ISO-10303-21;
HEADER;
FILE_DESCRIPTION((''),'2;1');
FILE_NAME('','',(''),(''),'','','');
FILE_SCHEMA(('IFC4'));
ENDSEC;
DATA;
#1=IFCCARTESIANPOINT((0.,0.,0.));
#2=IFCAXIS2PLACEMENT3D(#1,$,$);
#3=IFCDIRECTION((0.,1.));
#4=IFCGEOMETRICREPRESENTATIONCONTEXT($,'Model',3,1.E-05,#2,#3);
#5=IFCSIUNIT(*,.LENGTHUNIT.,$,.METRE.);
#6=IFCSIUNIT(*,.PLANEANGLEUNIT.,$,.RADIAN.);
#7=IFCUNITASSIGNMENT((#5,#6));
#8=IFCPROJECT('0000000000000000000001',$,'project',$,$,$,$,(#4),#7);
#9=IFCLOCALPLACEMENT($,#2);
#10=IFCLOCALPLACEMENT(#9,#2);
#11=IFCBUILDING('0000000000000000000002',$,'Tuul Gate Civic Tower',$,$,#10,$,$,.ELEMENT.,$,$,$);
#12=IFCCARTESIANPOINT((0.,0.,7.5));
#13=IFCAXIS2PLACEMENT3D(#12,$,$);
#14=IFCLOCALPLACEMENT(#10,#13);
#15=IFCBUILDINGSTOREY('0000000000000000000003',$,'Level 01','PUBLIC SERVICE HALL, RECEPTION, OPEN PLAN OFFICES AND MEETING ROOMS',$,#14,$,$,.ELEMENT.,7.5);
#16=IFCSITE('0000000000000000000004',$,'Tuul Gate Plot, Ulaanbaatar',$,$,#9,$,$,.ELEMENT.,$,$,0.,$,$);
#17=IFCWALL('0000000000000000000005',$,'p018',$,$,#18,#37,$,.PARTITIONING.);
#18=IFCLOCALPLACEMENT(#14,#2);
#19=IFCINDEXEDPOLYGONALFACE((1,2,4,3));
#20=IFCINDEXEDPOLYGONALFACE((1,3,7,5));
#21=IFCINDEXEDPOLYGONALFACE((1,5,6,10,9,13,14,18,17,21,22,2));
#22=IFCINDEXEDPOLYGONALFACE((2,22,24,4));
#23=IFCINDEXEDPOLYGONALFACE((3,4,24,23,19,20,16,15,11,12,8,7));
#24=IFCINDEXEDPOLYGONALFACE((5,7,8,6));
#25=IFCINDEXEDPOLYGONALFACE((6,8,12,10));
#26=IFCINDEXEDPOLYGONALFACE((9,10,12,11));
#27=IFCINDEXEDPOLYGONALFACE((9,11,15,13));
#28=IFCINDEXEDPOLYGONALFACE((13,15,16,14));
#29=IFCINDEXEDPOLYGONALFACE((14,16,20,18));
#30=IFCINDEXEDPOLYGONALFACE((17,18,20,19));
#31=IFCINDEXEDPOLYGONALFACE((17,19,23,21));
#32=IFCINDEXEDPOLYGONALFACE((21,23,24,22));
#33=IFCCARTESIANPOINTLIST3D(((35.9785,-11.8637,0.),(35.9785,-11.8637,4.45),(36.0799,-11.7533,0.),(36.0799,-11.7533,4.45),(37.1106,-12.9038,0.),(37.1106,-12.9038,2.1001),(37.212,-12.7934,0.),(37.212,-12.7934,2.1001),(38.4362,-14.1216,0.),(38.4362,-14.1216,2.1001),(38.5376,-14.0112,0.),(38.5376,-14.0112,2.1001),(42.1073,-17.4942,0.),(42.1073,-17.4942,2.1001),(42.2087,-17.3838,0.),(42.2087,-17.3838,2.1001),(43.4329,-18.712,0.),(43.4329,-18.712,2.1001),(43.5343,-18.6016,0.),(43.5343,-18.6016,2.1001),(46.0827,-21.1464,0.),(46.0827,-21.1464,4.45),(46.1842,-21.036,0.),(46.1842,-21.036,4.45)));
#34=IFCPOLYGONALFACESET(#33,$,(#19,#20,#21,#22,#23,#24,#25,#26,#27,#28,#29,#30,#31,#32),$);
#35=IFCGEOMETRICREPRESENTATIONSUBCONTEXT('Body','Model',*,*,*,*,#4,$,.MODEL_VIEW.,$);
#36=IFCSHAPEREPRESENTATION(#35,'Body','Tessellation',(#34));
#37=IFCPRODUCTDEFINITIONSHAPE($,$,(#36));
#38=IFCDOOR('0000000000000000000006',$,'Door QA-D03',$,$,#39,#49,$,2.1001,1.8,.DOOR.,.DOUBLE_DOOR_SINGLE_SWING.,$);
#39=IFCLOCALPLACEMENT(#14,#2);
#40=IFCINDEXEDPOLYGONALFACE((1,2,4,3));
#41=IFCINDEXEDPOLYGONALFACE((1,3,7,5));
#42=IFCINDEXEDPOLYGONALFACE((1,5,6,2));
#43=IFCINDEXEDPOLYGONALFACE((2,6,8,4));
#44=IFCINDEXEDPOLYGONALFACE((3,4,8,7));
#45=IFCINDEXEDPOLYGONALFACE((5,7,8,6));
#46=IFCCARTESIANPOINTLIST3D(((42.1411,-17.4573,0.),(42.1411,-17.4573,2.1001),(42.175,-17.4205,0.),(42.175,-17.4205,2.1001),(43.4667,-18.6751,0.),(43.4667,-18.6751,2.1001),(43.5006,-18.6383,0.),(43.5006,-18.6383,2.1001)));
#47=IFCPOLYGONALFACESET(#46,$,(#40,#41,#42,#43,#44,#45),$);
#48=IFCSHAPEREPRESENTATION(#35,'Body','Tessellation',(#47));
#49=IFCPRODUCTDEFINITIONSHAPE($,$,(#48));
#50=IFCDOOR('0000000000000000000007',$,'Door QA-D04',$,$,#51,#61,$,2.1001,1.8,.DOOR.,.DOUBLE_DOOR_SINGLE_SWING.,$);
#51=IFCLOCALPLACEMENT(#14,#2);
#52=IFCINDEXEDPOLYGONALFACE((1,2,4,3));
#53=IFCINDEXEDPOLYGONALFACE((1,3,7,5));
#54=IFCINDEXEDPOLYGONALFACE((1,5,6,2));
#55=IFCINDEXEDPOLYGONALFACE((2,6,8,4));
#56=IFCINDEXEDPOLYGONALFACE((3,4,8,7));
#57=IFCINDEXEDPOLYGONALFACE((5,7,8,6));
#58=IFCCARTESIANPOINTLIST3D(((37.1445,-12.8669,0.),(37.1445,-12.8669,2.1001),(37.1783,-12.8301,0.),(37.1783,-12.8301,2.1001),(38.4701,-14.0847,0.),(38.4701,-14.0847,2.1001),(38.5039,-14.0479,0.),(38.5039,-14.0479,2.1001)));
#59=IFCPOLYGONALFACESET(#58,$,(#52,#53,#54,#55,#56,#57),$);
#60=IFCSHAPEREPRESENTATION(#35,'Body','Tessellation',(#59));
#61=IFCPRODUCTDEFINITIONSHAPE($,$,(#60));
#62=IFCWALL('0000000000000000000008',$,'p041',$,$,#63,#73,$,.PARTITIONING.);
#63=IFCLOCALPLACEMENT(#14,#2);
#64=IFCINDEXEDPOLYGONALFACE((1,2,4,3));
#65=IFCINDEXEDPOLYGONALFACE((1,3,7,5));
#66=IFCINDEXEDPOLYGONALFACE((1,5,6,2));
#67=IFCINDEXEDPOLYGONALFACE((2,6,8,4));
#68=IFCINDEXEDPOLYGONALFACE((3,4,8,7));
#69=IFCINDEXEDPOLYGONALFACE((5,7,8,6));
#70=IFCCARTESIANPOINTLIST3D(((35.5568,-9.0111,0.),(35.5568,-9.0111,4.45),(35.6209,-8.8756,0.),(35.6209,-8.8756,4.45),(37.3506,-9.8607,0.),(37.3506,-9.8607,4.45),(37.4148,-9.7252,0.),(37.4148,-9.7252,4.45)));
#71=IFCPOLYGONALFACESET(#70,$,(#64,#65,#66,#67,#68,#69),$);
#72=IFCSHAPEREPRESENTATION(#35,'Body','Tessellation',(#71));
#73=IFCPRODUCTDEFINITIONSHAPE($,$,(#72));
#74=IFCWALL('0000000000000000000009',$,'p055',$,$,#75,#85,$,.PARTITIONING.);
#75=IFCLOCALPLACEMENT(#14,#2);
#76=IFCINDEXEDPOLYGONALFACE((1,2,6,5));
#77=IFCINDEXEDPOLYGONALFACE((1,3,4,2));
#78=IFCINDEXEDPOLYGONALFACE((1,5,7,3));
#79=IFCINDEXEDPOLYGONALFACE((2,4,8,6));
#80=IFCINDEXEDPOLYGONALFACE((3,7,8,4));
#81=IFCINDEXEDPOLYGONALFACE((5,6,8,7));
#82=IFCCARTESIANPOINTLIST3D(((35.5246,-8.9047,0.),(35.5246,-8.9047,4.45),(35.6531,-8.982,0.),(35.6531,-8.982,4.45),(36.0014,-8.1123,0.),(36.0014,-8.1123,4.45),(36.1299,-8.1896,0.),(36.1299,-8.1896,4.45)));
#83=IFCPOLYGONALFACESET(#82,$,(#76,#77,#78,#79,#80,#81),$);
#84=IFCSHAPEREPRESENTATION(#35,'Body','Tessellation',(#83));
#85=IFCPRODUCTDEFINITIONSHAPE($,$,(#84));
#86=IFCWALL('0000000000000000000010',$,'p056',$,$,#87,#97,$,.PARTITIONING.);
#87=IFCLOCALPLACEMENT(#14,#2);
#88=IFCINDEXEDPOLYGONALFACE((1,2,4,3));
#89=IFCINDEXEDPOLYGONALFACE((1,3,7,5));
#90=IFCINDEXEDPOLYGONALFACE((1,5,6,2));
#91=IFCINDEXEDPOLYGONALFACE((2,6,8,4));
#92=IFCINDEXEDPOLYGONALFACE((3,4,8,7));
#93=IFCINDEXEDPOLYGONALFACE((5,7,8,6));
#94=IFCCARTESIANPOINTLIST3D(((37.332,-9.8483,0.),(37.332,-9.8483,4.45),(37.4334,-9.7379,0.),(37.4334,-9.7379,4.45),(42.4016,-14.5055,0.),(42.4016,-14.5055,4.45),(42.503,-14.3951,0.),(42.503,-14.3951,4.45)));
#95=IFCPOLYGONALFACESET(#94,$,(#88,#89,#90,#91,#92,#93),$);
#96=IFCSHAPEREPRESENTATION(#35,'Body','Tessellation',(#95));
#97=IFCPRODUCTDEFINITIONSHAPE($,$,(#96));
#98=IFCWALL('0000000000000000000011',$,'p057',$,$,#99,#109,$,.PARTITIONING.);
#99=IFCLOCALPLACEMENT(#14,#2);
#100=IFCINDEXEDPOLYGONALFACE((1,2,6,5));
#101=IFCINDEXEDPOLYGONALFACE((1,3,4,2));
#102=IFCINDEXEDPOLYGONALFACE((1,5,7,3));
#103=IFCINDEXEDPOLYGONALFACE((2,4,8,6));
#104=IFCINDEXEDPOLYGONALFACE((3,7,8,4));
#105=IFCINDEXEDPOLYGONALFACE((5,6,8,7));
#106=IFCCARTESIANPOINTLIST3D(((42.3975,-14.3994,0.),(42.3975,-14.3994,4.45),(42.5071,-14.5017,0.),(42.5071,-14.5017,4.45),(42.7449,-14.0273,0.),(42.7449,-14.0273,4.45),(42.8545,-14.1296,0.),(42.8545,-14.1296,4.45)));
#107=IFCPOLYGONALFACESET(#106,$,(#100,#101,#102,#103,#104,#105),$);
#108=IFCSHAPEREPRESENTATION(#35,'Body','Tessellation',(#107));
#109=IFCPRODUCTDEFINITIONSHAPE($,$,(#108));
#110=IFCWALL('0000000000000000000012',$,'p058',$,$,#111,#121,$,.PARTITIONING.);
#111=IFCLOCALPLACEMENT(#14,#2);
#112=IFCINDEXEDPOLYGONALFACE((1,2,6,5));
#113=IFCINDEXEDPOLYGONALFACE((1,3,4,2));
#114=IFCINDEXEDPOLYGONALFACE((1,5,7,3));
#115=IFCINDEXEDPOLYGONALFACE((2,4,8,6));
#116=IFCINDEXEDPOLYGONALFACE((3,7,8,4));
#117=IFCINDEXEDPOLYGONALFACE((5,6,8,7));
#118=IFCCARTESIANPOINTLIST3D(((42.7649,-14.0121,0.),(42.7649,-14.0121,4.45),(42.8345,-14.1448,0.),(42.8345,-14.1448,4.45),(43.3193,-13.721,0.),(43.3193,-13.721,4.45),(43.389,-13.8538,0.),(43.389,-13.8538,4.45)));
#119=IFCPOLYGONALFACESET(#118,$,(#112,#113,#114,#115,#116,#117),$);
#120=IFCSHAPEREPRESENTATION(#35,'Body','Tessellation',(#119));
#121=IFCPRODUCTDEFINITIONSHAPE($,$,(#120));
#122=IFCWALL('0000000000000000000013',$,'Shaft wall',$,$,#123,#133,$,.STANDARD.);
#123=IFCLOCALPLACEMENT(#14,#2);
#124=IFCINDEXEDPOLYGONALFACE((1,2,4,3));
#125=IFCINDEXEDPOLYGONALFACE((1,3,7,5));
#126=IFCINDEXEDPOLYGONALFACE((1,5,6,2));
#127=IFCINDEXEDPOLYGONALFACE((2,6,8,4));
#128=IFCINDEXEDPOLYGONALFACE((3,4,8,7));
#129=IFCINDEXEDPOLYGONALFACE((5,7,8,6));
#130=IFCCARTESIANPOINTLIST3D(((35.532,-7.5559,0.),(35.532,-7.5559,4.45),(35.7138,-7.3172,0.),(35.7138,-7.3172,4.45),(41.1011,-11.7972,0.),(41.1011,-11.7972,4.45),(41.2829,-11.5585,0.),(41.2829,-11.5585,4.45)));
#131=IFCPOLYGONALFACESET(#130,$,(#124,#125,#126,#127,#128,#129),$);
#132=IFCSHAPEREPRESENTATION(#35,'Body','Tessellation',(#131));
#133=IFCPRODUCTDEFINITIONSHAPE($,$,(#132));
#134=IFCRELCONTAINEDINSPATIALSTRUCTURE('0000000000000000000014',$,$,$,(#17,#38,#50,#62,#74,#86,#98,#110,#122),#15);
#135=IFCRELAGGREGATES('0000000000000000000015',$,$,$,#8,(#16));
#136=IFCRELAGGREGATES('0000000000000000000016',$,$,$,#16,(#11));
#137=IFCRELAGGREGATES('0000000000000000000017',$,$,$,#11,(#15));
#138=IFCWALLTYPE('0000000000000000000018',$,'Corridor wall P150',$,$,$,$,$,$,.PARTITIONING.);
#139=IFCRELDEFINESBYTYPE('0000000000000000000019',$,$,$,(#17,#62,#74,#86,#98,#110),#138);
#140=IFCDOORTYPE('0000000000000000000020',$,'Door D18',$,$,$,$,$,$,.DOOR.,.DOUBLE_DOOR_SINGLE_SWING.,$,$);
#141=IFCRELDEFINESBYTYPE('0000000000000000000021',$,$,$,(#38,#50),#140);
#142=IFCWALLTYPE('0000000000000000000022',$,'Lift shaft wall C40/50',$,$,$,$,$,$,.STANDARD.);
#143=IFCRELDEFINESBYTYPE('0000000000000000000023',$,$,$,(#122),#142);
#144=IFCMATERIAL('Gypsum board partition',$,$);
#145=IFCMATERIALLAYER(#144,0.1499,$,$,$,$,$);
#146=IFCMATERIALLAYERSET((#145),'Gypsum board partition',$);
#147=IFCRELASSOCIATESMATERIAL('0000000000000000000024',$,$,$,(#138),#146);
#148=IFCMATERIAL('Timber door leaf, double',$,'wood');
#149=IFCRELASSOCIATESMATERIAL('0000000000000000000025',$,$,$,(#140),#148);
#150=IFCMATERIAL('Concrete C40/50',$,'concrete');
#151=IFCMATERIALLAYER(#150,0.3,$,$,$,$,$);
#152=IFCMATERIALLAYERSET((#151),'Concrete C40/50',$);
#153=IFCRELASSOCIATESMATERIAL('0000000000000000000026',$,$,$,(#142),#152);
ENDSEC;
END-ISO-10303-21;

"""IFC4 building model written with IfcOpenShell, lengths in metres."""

from ifc_helpers import new_model, si_unit, direction, frame, frame_2d, origin, place, context, subcontext, project, spatial, rectangle, extrude, material, layer, layer_set, type_object, element, fill, save


model = new_model("IFC4")

# Units and contexts
model_context = context("Model", 3, precision=1e-05, world=origin(), true_north=direction((0.0, 1.0)))
body_context = subcontext(model_context, "Body", "Model", "MODEL_VIEW")
ifc_project = project(units=[si_unit("LENGTHUNIT", "METRE"), si_unit("PLANEANGLEUNIT", "RADIAN")], contexts=[model_context])

# Site, building, storey
site_placement = place(None, origin())
site = spatial("IfcSite", under=ifc_project, at=site_placement, Name="Tuul Gate Plot, Ulaanbaatar", CompositionType="ELEMENT", RefElevation=0.0)
building_placement = place(site_placement, origin())
building = spatial("IfcBuilding", under=site, at=building_placement, Name="Tuul Gate Civic Tower", CompositionType="ELEMENT")
storey_placement = place(building_placement, frame((0.0, 0.0, 7.5)))
storey = spatial("IfcBuildingStorey", under=building, at=storey_placement, Name="Level 01", Description="PUBLIC SERVICE HALL, RECEPTION, OPEN PLAN OFFICES AND MEETING ROOMS", CompositionType="ELEMENT", Elevation=7.5)

# Wall, openings, doors
ifc_material_1 = material(Name="Gypsum board partition")
ifc_layer_1 = layer(ifc_material_1, 0.1499)
ifc_layer_set_1 = layer_set([ifc_layer_1], Name="Gypsum board partition")
wall_type_1 = type_object("IfcWallType", Name="Corridor wall P150", PredefinedType="PARTITIONING", material=ifc_layer_set_1)
wall_1_placement = place(storey_placement, frame((36.0293, -11.8086, 0.0), z_axis=(0.0, 0.0, 1.0), x_axis=(0.73641, -0.676536, 0.0)))
wall_1 = element("IfcWall", 1, at=wall_1_placement, inside=storey, type_object=wall_type_1, Name="p018", PredefinedType="PARTITIONING", context=body_context, shape_type="SweptSolid", body=[
    extrude(rectangle(XDim=13.7209, YDim=0.1499, at=frame_2d((6.8604, 0.0))), origin(), (0.0, 0.0, 1.0), 4.45),
])
opening_1_placement = place(wall_1_placement, frame((8.3225, 0.0, 0.0)))
opening_1 = element("IfcOpeningElement", 2, at=opening_1_placement, cuts=wall_1, PredefinedType="OPENING", context=body_context, shape_type="SweptSolid", body=[
    extrude(rectangle(XDim=1.8, YDim=2.1001, at=frame_2d((0.8999, 1.05))), frame((0.0, 0.085, 0.0), z_axis=(0.0, -1.0, 0.0), x_axis=(1.0, 0.0, 0.0)), (0.0, 0.0, 1.0), 0.1699),
])
opening_2_placement = place(wall_1_placement, frame((1.5374, 0.0, 0.0)))
opening_2 = element("IfcOpeningElement", 3, at=opening_2_placement, cuts=wall_1, PredefinedType="OPENING", context=body_context, shape_type="SweptSolid", body=[
    extrude(rectangle(XDim=1.8, YDim=2.1001, at=frame_2d((0.8999, 1.05))), frame((0.0, 0.085, 0.0), z_axis=(0.0, -1.0, 0.0), x_axis=(1.0, 0.0, 0.0)), (0.0, 0.0, 1.0), 0.1699),
])
ifc_material_2 = material(Name="Timber door leaf, double", Category="wood")
door_type_1 = type_object("IfcDoorType", Name="Door D18", OperationType="DOUBLE_DOOR_SINGLE_SWING", PredefinedType="DOOR", material=ifc_material_2)
door_1_placement = place(opening_1_placement, frame((1.8, 0.0, 0.0), z_axis=(0.0, 0.0, 1.0), x_axis=(-1.0, 0.0, 0.0)))
door_1 = element("IfcDoor", 4, at=door_1_placement, inside=storey, type_object=door_type_1, Name="Door QA-D03", OperationType="DOUBLE_DOOR_SINGLE_SWING", OverallHeight=2.1001, OverallWidth=1.8, PredefinedType="DOOR", context=body_context, shape_type="SweptSolid", body=[
    extrude(rectangle(XDim=1.8, YDim=2.1001, at=frame_2d((0.9001, 1.05))), frame((0.0, 0.0249, 0.0), z_axis=(0.0, -1.0, 0.0), x_axis=(1.0, 0.0, 0.0)), (0.0, 0.0, 1.0), 0.05),
])
fill(opening_1, door_1)
door_2_placement = place(opening_2_placement, frame((1.8, 0.0, 0.0), z_axis=(0.0, 0.0, 1.0), x_axis=(-1.0, 0.0, 0.0)))
door_2 = element("IfcDoor", 5, at=door_2_placement, inside=storey, type_object=door_type_1, Name="Door QA-D04", OperationType="DOUBLE_DOOR_SINGLE_SWING", OverallHeight=2.1001, OverallWidth=1.8, PredefinedType="DOOR", context=body_context, shape_type="SweptSolid", body=[
    extrude(rectangle(XDim=1.8, YDim=2.1001, at=frame_2d((0.9001, 1.05))), frame((0.0, 0.0249, 0.0), z_axis=(0.0, -1.0, 0.0), x_axis=(1.0, 0.0, 0.0)), (0.0, 0.0, 1.0), 0.05),
])
fill(opening_2, door_2)

# Walls
wall_2_placement = place(storey_placement, frame((35.5889, -8.9434, 0.0), z_axis=(0.0, 0.0, 1.0), x_axis=(0.903768, -0.428023, 0.0)))
element("IfcWall", 6, at=wall_2_placement, inside=storey, type_object=wall_type_1, Name="p041", PredefinedType="PARTITIONING", context=body_context, shape_type="SweptSolid", body=[
    extrude(rectangle(XDim=1.9849, YDim=0.1499, at=frame_2d((0.9924, 0.0))), origin(), (0.0, 0.0, 1.0), 4.45),
])
wall_3_placement = place(storey_placement, frame((35.5889, -8.9434, 0.0), z_axis=(0.0, 0.0, 1.0), x_axis=(0.515544, 0.856863, 0.0)))
element("IfcWall", 7, at=wall_3_placement, inside=storey, type_object=wall_type_1, Name="p055", PredefinedType="PARTITIONING", context=body_context, shape_type="SweptSolid", body=[
    extrude(rectangle(XDim=0.9248, YDim=0.1499, at=frame_2d((0.4624, 0.0))), origin(), (0.0, 0.0, 1.0), 4.45),
])
wall_4_placement = place(storey_placement, frame((37.3828, -9.7932, 0.0), z_axis=(0.0, 0.0, 1.0), x_axis=(0.736422, -0.676522, 0.0)))
element("IfcWall", 8, at=wall_4_placement, inside=storey, type_object=wall_type_1, Name="p056", PredefinedType="PARTITIONING", context=body_context, shape_type="SweptSolid", body=[
    extrude(rectangle(XDim=6.884, YDim=0.1499, at=frame_2d((3.4419, 0.0))), origin(), (0.0, 0.0, 1.0), 4.45),
])
wall_5_placement = place(storey_placement, frame((42.4524, -14.4504, 0.0), z_axis=(0.0, 0.0, 1.0), x_axis=(0.682472, 0.730912, 0.0)))
element("IfcWall", 9, at=wall_5_placement, inside=storey, type_object=wall_type_1, Name="p057", PredefinedType="PARTITIONING", context=body_context, shape_type="SweptSolid", body=[
    extrude(rectangle(XDim=0.509, YDim=0.1499, at=frame_2d((0.2544, 0.0))), origin(), (0.0, 0.0, 1.0), 4.45),
])
wall_6_placement = place(storey_placement, frame((42.7998, -14.0784, 0.0), z_axis=(0.0, 0.0, 1.0), x_axis=(0.885442, 0.46475, 0.0)))
element("IfcWall", 10, at=wall_6_placement, inside=storey, type_object=wall_type_1, Name="p058", PredefinedType="PARTITIONING", context=body_context, shape_type="SweptSolid", body=[
    extrude(rectangle(XDim=0.6262, YDim=0.1499, at=frame_2d((0.313, 0.0))), origin(), (0.0, 0.0, 1.0), 4.45),
])
ifc_material_3 = material(Name="Concrete C40/50", Category="concrete")
ifc_layer_2 = layer(ifc_material_3, 0.3)
ifc_layer_set_2 = layer_set([ifc_layer_2], Name="Concrete C40/50")
wall_type_2 = type_object("IfcWallType", Name="Lift shaft wall C40/50", PredefinedType="STANDARD", material=ifc_layer_set_2)
wall_7_placement = place(storey_placement, frame((41.1919, -11.6777, 0.0), z_axis=(0.0, 0.0, 1.0), x_axis=(-0.795563, 0.605871, 0.0)))
element("IfcWall", 11, at=wall_7_placement, inside=storey, type_object=wall_type_2, Name="Shaft wall", PredefinedType="STANDARD", context=body_context, shape_type="SweptSolid", body=[
    extrude(rectangle(XDim=7.0002, YDim=0.3, at=frame_2d((3.5, 0.0))), origin(), (0.0, 0.0, 1.0), 4.45),
])

save(model, "model.ifc")
